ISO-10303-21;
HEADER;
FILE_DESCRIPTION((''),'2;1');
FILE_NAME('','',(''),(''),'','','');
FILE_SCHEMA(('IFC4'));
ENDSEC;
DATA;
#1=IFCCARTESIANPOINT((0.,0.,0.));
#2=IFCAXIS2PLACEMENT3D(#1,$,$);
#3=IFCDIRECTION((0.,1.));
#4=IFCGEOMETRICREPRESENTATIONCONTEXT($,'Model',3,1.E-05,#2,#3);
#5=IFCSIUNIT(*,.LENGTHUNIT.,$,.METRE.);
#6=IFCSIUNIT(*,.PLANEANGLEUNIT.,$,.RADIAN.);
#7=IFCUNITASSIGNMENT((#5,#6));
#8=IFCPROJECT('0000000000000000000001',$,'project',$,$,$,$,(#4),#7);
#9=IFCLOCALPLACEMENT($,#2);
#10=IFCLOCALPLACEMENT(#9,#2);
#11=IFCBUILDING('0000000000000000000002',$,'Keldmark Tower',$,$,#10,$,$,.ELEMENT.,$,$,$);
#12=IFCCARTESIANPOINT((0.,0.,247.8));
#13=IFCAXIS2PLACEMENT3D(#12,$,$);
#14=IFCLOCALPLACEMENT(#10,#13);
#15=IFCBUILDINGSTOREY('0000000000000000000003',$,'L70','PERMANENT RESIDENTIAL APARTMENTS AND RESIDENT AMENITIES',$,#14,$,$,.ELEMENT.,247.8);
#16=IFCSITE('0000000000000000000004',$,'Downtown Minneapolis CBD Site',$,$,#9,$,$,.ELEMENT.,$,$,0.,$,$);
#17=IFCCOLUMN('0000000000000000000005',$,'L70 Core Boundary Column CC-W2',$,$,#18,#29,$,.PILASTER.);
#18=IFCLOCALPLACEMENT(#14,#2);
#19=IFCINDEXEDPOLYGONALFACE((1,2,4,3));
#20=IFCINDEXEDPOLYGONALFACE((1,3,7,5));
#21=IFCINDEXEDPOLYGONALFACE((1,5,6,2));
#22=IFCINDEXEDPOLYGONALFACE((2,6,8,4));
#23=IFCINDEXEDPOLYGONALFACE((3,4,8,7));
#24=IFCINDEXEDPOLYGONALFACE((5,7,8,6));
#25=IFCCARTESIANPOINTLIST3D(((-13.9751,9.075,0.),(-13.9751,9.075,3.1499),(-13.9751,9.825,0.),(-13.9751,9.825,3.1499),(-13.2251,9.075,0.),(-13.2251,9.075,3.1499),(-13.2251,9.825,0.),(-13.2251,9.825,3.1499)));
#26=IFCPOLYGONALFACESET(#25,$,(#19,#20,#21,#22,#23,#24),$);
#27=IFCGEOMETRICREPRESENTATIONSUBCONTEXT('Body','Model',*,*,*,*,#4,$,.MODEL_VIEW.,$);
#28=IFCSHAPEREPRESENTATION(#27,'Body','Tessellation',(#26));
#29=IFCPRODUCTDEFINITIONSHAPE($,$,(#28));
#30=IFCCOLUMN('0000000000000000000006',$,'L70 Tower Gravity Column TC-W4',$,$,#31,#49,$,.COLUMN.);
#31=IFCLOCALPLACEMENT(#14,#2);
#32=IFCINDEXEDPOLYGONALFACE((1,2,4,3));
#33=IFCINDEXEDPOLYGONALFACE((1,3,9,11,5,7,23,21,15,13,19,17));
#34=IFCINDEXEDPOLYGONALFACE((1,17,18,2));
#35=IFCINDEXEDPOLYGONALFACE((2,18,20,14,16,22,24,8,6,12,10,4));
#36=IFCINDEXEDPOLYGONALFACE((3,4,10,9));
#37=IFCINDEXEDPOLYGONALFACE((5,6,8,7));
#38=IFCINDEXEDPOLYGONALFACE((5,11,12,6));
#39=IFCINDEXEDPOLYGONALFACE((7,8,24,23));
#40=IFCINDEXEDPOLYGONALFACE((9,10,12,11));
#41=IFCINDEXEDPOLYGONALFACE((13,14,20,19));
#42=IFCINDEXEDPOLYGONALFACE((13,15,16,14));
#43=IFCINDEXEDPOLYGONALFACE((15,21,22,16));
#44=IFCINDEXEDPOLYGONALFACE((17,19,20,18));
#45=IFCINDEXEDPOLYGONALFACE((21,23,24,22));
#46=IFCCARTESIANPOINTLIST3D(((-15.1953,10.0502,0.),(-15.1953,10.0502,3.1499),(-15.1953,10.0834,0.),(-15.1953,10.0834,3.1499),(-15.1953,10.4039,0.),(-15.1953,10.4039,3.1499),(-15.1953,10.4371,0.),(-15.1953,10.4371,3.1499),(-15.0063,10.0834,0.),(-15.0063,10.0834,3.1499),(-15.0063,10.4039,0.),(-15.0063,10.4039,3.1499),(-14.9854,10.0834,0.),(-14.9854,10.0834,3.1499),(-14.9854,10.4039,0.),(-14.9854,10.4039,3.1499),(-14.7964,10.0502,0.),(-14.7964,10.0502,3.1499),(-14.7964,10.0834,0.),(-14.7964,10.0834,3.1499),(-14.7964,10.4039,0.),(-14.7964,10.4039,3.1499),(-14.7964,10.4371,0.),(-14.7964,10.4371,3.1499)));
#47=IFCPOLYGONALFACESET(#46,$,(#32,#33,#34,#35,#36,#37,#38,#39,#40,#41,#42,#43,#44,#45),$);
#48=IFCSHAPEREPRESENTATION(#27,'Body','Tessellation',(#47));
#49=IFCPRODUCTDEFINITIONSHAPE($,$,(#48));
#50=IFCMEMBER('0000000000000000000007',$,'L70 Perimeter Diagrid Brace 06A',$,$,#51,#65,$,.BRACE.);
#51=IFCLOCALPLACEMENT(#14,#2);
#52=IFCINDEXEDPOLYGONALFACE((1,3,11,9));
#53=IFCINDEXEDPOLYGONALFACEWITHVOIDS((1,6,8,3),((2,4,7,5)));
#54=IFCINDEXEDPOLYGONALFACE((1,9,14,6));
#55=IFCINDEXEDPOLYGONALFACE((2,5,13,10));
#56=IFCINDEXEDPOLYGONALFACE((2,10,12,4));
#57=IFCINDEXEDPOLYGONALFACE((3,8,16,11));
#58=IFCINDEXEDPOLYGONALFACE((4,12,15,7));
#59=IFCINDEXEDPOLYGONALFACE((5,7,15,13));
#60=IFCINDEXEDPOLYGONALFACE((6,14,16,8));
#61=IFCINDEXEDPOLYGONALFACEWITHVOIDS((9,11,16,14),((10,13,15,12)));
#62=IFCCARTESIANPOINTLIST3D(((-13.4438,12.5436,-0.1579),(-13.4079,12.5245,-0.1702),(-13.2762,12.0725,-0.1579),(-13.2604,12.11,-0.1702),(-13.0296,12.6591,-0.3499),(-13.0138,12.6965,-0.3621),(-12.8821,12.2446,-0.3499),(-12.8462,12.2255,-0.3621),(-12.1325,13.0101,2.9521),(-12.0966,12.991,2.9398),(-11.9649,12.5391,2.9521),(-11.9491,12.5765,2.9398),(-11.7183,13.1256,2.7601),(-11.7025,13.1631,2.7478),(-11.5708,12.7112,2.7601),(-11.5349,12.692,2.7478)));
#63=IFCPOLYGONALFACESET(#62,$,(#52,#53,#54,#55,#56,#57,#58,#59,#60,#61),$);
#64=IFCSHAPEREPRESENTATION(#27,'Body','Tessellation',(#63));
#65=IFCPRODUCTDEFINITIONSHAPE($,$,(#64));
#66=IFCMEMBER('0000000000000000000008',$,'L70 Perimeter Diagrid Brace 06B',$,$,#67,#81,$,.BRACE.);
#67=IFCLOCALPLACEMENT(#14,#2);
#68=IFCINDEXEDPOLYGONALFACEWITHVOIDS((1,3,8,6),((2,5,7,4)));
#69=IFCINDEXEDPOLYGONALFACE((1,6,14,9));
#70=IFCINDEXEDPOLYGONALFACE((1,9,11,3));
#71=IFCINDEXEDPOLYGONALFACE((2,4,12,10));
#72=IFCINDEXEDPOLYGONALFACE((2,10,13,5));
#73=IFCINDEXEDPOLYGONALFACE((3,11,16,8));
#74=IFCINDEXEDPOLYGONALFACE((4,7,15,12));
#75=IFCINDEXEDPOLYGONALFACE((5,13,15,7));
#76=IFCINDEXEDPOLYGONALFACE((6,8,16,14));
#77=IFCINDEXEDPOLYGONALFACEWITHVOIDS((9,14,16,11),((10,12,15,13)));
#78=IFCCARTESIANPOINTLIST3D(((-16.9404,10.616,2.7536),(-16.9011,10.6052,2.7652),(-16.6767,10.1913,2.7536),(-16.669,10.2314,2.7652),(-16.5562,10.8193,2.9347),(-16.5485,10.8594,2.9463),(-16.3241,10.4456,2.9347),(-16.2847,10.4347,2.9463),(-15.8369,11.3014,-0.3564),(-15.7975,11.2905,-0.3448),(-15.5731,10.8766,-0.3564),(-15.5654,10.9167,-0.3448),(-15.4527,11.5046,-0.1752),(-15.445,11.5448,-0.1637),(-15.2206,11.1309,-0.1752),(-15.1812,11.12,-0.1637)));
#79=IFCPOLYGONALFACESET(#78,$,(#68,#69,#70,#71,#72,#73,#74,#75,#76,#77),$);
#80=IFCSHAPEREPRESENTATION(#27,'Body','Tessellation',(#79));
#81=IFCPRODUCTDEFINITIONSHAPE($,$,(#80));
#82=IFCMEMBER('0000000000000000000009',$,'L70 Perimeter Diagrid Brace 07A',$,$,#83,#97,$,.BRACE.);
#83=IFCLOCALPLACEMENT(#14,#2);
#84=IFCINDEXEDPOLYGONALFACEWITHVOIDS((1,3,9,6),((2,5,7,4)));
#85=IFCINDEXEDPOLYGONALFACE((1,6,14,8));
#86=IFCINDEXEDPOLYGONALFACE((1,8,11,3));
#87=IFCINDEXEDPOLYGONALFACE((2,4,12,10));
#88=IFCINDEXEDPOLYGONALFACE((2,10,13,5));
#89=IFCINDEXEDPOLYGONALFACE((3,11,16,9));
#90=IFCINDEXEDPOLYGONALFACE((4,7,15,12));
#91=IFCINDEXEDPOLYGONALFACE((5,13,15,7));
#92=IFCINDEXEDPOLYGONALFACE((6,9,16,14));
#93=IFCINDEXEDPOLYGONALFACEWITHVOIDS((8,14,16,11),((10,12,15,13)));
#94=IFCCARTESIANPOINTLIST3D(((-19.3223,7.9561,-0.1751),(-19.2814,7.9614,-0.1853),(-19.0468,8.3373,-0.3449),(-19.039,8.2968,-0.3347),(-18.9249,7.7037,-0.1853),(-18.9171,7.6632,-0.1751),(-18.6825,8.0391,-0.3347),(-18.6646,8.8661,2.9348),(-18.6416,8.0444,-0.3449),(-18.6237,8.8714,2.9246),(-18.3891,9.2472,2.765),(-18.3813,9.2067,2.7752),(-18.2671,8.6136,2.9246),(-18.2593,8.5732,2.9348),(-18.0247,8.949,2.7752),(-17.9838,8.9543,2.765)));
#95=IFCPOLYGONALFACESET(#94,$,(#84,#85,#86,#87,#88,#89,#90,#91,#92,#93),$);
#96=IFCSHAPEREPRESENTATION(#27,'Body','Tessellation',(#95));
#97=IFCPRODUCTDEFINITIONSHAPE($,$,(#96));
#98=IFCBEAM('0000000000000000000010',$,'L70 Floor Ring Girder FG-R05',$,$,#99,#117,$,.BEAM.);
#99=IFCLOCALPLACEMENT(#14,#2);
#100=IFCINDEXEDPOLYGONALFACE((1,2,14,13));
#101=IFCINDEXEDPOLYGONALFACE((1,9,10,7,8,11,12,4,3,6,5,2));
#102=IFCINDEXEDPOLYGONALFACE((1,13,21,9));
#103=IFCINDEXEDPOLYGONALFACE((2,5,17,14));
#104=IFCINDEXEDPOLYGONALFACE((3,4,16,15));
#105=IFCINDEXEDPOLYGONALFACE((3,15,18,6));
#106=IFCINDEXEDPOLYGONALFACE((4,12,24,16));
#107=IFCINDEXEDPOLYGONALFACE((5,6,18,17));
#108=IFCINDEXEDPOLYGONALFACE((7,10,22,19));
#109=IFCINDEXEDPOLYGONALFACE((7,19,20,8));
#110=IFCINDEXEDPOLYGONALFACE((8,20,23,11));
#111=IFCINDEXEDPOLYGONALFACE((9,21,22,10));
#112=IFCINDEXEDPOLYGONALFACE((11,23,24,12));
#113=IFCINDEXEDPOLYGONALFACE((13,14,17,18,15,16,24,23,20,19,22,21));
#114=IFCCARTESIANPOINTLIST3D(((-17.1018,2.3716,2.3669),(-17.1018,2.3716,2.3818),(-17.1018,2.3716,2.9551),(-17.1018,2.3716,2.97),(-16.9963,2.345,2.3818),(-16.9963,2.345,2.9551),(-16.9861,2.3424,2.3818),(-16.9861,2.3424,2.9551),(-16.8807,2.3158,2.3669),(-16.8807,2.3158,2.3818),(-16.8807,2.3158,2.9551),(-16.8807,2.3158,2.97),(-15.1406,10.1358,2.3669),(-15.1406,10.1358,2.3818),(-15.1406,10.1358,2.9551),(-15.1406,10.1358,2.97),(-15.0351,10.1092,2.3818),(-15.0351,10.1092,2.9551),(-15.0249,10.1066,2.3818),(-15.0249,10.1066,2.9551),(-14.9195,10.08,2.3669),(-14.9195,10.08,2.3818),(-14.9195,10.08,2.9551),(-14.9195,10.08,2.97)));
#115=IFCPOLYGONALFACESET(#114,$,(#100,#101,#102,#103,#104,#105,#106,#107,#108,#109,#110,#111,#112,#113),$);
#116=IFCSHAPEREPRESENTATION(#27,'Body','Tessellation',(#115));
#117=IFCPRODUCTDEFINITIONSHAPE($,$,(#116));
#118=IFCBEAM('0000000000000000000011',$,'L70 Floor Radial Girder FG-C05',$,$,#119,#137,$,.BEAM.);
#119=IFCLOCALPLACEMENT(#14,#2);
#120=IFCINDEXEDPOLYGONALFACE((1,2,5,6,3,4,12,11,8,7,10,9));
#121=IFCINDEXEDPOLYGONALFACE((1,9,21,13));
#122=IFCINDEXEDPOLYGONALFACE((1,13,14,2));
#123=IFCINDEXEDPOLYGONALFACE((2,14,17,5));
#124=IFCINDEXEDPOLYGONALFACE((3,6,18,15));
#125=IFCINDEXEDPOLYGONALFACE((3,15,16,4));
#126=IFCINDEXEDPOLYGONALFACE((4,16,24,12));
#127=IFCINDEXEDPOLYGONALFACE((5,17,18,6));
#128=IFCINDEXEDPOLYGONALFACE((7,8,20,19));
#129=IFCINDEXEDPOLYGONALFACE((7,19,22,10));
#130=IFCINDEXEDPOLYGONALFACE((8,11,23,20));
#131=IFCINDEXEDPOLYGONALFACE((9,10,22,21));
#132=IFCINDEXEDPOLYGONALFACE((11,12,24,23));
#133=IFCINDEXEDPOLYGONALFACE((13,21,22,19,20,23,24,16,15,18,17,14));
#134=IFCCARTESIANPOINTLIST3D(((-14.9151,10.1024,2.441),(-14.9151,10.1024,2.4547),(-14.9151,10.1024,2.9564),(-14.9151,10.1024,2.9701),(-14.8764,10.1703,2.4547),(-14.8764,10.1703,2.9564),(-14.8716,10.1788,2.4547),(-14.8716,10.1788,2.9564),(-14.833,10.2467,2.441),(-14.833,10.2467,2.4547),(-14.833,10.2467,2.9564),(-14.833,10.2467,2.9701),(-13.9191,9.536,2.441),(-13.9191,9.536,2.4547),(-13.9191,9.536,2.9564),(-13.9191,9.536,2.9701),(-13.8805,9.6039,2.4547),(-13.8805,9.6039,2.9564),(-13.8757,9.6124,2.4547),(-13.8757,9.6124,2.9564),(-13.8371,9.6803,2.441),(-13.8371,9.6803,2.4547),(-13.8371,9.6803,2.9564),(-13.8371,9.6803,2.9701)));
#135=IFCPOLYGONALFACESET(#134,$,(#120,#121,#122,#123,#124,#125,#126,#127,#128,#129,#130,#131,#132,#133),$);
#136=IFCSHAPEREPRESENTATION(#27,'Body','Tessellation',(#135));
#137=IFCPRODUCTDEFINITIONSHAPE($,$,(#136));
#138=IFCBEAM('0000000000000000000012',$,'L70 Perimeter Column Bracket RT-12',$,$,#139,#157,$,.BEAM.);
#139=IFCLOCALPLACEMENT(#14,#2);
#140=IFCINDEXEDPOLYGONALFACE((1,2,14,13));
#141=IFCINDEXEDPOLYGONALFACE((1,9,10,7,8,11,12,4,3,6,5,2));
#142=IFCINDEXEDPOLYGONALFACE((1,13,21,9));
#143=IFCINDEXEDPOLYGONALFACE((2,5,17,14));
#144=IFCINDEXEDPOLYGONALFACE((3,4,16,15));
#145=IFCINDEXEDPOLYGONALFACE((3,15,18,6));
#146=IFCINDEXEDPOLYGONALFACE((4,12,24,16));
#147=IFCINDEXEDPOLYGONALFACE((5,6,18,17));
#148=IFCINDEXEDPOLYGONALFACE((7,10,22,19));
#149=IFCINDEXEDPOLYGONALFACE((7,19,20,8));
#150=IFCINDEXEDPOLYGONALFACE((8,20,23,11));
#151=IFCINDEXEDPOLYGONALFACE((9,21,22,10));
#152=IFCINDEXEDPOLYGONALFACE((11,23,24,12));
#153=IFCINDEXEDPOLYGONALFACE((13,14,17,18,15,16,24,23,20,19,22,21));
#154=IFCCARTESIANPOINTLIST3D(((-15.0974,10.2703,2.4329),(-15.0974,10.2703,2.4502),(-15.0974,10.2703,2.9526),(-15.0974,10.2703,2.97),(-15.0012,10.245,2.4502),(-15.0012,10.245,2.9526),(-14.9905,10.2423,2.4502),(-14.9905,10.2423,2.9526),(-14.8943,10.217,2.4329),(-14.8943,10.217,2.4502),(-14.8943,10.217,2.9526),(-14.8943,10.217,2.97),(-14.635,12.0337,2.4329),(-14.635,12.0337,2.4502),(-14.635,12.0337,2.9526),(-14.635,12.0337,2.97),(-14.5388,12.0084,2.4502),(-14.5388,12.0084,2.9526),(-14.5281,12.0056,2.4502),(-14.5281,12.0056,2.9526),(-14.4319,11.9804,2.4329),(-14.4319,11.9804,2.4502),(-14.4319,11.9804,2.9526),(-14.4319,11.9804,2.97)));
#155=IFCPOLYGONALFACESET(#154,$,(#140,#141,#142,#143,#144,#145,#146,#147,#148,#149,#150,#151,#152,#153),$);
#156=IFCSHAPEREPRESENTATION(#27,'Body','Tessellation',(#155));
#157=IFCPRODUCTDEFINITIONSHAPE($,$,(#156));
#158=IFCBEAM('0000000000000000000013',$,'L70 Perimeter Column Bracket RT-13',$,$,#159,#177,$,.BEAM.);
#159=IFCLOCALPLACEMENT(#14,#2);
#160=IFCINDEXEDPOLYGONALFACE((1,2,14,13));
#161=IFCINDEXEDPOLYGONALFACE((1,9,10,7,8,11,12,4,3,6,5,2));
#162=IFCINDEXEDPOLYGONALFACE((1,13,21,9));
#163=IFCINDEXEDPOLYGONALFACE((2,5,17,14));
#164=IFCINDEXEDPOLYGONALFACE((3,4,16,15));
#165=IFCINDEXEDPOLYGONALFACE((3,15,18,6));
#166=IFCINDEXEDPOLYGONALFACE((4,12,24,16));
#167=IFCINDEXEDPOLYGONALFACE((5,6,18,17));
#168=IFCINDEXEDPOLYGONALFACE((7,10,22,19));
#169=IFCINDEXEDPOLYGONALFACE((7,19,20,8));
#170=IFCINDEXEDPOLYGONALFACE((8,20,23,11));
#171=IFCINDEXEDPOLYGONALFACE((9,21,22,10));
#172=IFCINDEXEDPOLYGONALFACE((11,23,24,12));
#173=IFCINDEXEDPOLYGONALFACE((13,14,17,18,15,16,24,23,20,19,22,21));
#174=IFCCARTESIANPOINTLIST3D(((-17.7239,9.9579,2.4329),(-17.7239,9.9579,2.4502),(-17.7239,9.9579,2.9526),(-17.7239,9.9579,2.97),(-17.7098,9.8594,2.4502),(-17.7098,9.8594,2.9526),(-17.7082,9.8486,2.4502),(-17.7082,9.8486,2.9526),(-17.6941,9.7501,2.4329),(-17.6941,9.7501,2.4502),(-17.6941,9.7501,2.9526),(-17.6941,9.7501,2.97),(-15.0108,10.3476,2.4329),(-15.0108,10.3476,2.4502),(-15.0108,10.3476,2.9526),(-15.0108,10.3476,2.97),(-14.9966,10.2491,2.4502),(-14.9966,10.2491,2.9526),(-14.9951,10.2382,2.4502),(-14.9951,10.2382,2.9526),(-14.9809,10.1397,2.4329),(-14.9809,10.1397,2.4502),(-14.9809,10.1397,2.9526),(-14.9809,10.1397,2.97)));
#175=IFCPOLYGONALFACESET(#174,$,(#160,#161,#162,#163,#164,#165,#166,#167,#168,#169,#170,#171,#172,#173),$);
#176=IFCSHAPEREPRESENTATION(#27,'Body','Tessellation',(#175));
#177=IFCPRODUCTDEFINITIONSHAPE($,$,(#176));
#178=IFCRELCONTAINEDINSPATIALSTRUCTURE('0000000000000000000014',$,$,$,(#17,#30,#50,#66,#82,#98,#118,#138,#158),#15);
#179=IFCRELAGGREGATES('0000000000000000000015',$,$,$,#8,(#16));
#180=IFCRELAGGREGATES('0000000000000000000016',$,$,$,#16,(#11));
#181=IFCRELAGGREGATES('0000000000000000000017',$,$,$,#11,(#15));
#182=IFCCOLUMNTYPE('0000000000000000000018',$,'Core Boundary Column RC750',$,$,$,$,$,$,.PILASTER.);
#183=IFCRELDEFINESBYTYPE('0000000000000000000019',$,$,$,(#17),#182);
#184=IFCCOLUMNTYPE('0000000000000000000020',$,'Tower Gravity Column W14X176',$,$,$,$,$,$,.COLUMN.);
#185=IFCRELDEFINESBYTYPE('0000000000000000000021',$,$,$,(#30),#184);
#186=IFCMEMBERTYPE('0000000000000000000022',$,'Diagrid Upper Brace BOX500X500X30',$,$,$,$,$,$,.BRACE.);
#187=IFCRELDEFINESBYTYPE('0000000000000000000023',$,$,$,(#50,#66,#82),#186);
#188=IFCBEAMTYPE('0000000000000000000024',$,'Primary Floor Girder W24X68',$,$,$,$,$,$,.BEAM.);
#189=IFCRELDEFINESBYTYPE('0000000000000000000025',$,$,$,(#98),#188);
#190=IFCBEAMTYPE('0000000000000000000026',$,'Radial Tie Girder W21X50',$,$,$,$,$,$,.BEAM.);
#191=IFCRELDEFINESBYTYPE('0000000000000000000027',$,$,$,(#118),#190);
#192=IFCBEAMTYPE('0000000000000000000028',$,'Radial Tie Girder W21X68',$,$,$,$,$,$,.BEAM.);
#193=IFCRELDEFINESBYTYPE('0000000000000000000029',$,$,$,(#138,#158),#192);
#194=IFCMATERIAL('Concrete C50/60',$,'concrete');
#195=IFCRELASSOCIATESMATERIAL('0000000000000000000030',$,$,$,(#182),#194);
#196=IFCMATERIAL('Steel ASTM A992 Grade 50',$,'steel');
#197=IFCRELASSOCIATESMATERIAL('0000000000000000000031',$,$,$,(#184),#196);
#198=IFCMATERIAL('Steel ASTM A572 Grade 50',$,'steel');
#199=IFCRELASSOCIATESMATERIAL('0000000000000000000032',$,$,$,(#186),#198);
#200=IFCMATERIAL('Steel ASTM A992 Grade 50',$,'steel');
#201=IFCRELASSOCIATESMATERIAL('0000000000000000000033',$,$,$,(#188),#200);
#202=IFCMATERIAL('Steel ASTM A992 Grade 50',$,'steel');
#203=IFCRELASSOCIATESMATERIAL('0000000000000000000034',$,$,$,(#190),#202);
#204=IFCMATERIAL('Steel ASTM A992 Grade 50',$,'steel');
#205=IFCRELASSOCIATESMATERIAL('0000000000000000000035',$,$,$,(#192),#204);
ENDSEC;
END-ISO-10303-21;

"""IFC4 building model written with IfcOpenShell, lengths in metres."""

from ifc_helpers import new_model, si_unit, direction, frame, origin, origin_2d, place, context, subcontext, project, spatial, rectangle, hollow_rectangle, i_section, extrude, material, material_profile, profile_set, type_object, element, save


model = new_model("IFC4")

# Units and contexts
model_context = context("Model", 3, precision=1e-05, world=origin(), true_north=direction((0.0, 1.0)))
body_context = subcontext(model_context, "Body", "Model", "MODEL_VIEW")
ifc_project = project(units=[si_unit("LENGTHUNIT", "METRE"), si_unit("PLANEANGLEUNIT", "RADIAN")], contexts=[model_context])

# Site, building, storey
site_placement = place(None, origin())
site = spatial("IfcSite", under=ifc_project, at=site_placement, Name="Downtown Minneapolis CBD Site", CompositionType="ELEMENT", RefElevation=0.0)
building_placement = place(site_placement, origin())
building = spatial("IfcBuilding", under=site, at=building_placement, Name="Keldmark Tower", CompositionType="ELEMENT")
storey_placement = place(building_placement, frame((0.0, 0.0, 247.8)))
storey = spatial("IfcBuildingStorey", under=building, at=storey_placement, Name="L70", Description="PERMANENT RESIDENTIAL APARTMENTS AND RESIDENT AMENITIES", CompositionType="ELEMENT", Elevation=247.8)

# Columns
ifc_material_1 = material(Name="Concrete C50/60", Category="concrete")
ifc_material_profile_1 = material_profile(ifc_material_1, rectangle(XDim=0.75, YDim=0.75, at=origin_2d()), Name="RC750X750")
ifc_profile_set_1 = profile_set([ifc_material_profile_1], Name="Concrete C50/60")
column_type_1 = type_object("IfcColumnType", Name="Core Boundary Column RC750", PredefinedType="PILASTER", material=ifc_profile_set_1)
column_1_placement = place(storey_placement, frame((-13.6001, 9.45, 0.0), z_axis=(0.0, 0.0, 1.0), x_axis=(1.0, 0.0, 0.0)))
element("IfcColumn", 1, at=column_1_placement, inside=storey, type_object=column_type_1, Name="L70 Core Boundary Column CC-W2", PredefinedType="PILASTER", context=body_context, shape_type="SweptSolid", body=[
    extrude(rectangle(XDim=0.75, YDim=0.75, at=origin_2d()), origin(), (0.0, 0.0, 1.0), 3.1499),
])
ifc_material_2 = material(Name="Steel ASTM A992 Grade 50", Category="steel")
ifc_material_profile_2 = material_profile(ifc_material_2, i_section(OverallWidth=0.3989, OverallDepth=0.387, WebThickness=0.021, FlangeThickness=0.0332, at=origin_2d()), Name="W14X176")
ifc_profile_set_2 = profile_set([ifc_material_profile_2], Name="Steel ASTM A992 Grade 50")
column_type_2 = type_object("IfcColumnType", Name="Tower Gravity Column W14X176", PredefinedType="COLUMN", material=ifc_profile_set_2)
column_2_placement = place(storey_placement, frame((-14.9958, 10.2437, 0.0), z_axis=(0.0, 0.0, 1.0), x_axis=(1.0, 0.0, 0.0)))
element("IfcColumn", 2, at=column_2_placement, inside=storey, type_object=column_type_2, Name="L70 Tower Gravity Column TC-W4", PredefinedType="COLUMN", context=body_context, shape_type="SweptSolid", body=[
    extrude(i_section(OverallWidth=0.3989, OverallDepth=0.387, WebThickness=0.021, FlangeThickness=0.0332, at=origin_2d()), origin(), (0.0, 0.0, 1.0), 3.1499),
])

# Members
ifc_material_3 = material(Name="Steel ASTM A572 Grade 50", Category="steel")
ifc_material_profile_3 = material_profile(ifc_material_3, hollow_rectangle(XDim=0.5, YDim=0.5, WallThickness=0.03, at=origin_2d()), Name="BOX500X500X30")
ifc_profile_set_3 = profile_set([ifc_material_profile_3], Name="Steel ASTM A572 Grade 50")
member_type = type_object("IfcMemberType", Name="Diagrid Upper Brace BOX500X500X30", PredefinedType="BRACE", material=ifc_profile_set_3)
member_1_placement = place(storey_placement, frame((-13.145, 12.3845, -0.26), z_axis=(0.384866, 0.136935, 0.912758), x_axis=(-0.335214, 0.942142, 0.0)))
element("IfcMember", 3, at=member_1_placement, inside=storey, type_object=member_type, Name="L70 Perimeter Diagrid Brace 06A", PredefinedType="BRACE", context=body_context, shape_type="SweptSolid", body=[
    extrude(hollow_rectangle(XDim=0.5, YDim=0.5, WallThickness=0.03, at=origin_2d()), origin(), (0.0, 0.0, 1.0), 3.4072),
])
member_2_placement = place(storey_placement, frame((-15.509, 11.2107, -0.26), z_axis=(-0.327428, -0.203338, 0.922738), x_axis=(0.527564, -0.849515, 0.0)))
element("IfcMember", 4, at=member_2_placement, inside=storey, type_object=member_type, Name="L70 Perimeter Diagrid Brace 06B", PredefinedType="BRACE", context=body_context, shape_type="SweptSolid", body=[
    extrude(hollow_rectangle(XDim=0.5, YDim=0.5, WallThickness=0.03, at=origin_2d()), origin(), (0.0, 0.0, 1.0), 3.3704),
])
member_3_placement = place(storey_placement, frame((-18.9819, 8.0002, -0.26), z_axis=(0.198926, 0.275204, 0.94058), x_axis=(-0.810444, 0.585816, 0.0)))
element("IfcMember", 5, at=member_3_placement, inside=storey, type_object=member_type, Name="L70 Perimeter Diagrid Brace 07A", PredefinedType="BRACE", context=body_context, shape_type="SweptSolid", body=[
    extrude(hollow_rectangle(XDim=0.5, YDim=0.5, WallThickness=0.03, at=origin_2d()), origin(), (0.0, 0.0, 1.0), 3.3064),
])

# Beams
ifc_material_4 = material(Name="Steel ASTM A992 Grade 50", Category="steel")
ifc_material_profile_4 = material_profile(ifc_material_4, i_section(OverallWidth=0.228, OverallDepth=0.603, WebThickness=0.0105, FlangeThickness=0.0149, at=origin_2d()), Name="W24X68")
ifc_profile_set_4 = profile_set([ifc_material_profile_4], Name="Steel ASTM A992 Grade 50")
beam_type_1 = type_object("IfcBeamType", Name="Primary Floor Girder W24X68", PredefinedType="BEAM", material=ifc_profile_set_4)
beam_1_placement = place(storey_placement, frame((-15.03, 10.1079, 2.6685), z_axis=(-0.244902, -0.969548, 0.0), x_axis=(0.969548, -0.244902, 0.0)))
element("IfcBeam", 6, at=beam_1_placement, inside=storey, type_object=beam_type_1, Name="L70 Floor Ring Girder FG-R05", PredefinedType="BEAM", context=body_context, shape_type="SweptSolid", body=[
    extrude(i_section(OverallWidth=0.228, OverallDepth=0.603, WebThickness=0.0105, FlangeThickness=0.0149, at=origin_2d()), origin(), (0.0, 0.0, 1.0), 8.0081),
])
ifc_material_5 = material(Name="Steel ASTM A992 Grade 50", Category="steel")
ifc_material_profile_5 = material_profile(ifc_material_5, i_section(OverallWidth=0.166, OverallDepth=0.5291, WebThickness=0.0098, FlangeThickness=0.0137, at=origin_2d()), Name="W21X50")
ifc_profile_set_5 = profile_set([ifc_material_profile_5], Name="Steel ASTM A992 Grade 50")
beam_type_2 = type_object("IfcBeamType", Name="Radial Tie Girder W21X50", PredefinedType="BEAM", material=ifc_profile_set_5)
beam_2_placement = place(storey_placement, frame((-14.874, 10.1746, 2.7056), z_axis=(0.869238, -0.494394, 0.0), x_axis=(0.494394, 0.869238, 0.0)))
element("IfcBeam", 7, at=beam_2_placement, inside=storey, type_object=beam_type_2, Name="L70 Floor Radial Girder FG-C05", PredefinedType="BEAM", context=body_context, shape_type="SweptSolid", body=[
    extrude(i_section(OverallWidth=0.166, OverallDepth=0.5291, WebThickness=0.0098, FlangeThickness=0.0137, at=origin_2d()), origin(), (0.0, 0.0, 1.0), 1.1458),
])
ifc_material_6 = material(Name="Steel ASTM A992 Grade 50", Category="steel")
ifc_material_profile_6 = material_profile(ifc_material_6, i_section(OverallWidth=0.21, OverallDepth=0.5371, WebThickness=0.011, FlangeThickness=0.0173, at=origin_2d()), Name="W21X68")
ifc_profile_set_6 = profile_set([ifc_material_profile_6], Name="Steel ASTM A992 Grade 50")
beam_type_3 = type_object("IfcBeamType", Name="Radial Tie Girder W21X68", PredefinedType="BEAM", material=ifc_profile_set_6)
beam_3_placement = place(storey_placement, frame((-14.9958, 10.2437, 2.7014), z_axis=(0.253643, 0.967298, 0.0), x_axis=(-0.967298, 0.253643, 0.0)))
element("IfcBeam", 8, at=beam_3_placement, inside=storey, type_object=beam_type_3, Name="L70 Perimeter Column Bracket RT-12", PredefinedType="BEAM", context=body_context, shape_type="SweptSolid", body=[
    extrude(i_section(OverallWidth=0.21, OverallDepth=0.5371, WebThickness=0.011, FlangeThickness=0.0173, at=origin_2d()), origin(), (0.0, 0.0, 1.0), 1.823),
])
beam_4_placement = place(storey_placement, frame((-14.9958, 10.2437, 2.7014), z_axis=(-0.989844, -0.142157, 0.0), x_axis=(0.142157, -0.989844, 0.0)))
element("IfcBeam", 9, at=beam_4_placement, inside=storey, type_object=beam_type_3, Name="L70 Perimeter Column Bracket RT-13", PredefinedType="BEAM", context=body_context, shape_type="SweptSolid", body=[
    extrude(i_section(OverallWidth=0.21, OverallDepth=0.5371, WebThickness=0.011, FlangeThickness=0.0173, at=origin_2d()), origin(), (0.0, 0.0, 1.0), 2.741),
])

save(model, "model.ifc")
